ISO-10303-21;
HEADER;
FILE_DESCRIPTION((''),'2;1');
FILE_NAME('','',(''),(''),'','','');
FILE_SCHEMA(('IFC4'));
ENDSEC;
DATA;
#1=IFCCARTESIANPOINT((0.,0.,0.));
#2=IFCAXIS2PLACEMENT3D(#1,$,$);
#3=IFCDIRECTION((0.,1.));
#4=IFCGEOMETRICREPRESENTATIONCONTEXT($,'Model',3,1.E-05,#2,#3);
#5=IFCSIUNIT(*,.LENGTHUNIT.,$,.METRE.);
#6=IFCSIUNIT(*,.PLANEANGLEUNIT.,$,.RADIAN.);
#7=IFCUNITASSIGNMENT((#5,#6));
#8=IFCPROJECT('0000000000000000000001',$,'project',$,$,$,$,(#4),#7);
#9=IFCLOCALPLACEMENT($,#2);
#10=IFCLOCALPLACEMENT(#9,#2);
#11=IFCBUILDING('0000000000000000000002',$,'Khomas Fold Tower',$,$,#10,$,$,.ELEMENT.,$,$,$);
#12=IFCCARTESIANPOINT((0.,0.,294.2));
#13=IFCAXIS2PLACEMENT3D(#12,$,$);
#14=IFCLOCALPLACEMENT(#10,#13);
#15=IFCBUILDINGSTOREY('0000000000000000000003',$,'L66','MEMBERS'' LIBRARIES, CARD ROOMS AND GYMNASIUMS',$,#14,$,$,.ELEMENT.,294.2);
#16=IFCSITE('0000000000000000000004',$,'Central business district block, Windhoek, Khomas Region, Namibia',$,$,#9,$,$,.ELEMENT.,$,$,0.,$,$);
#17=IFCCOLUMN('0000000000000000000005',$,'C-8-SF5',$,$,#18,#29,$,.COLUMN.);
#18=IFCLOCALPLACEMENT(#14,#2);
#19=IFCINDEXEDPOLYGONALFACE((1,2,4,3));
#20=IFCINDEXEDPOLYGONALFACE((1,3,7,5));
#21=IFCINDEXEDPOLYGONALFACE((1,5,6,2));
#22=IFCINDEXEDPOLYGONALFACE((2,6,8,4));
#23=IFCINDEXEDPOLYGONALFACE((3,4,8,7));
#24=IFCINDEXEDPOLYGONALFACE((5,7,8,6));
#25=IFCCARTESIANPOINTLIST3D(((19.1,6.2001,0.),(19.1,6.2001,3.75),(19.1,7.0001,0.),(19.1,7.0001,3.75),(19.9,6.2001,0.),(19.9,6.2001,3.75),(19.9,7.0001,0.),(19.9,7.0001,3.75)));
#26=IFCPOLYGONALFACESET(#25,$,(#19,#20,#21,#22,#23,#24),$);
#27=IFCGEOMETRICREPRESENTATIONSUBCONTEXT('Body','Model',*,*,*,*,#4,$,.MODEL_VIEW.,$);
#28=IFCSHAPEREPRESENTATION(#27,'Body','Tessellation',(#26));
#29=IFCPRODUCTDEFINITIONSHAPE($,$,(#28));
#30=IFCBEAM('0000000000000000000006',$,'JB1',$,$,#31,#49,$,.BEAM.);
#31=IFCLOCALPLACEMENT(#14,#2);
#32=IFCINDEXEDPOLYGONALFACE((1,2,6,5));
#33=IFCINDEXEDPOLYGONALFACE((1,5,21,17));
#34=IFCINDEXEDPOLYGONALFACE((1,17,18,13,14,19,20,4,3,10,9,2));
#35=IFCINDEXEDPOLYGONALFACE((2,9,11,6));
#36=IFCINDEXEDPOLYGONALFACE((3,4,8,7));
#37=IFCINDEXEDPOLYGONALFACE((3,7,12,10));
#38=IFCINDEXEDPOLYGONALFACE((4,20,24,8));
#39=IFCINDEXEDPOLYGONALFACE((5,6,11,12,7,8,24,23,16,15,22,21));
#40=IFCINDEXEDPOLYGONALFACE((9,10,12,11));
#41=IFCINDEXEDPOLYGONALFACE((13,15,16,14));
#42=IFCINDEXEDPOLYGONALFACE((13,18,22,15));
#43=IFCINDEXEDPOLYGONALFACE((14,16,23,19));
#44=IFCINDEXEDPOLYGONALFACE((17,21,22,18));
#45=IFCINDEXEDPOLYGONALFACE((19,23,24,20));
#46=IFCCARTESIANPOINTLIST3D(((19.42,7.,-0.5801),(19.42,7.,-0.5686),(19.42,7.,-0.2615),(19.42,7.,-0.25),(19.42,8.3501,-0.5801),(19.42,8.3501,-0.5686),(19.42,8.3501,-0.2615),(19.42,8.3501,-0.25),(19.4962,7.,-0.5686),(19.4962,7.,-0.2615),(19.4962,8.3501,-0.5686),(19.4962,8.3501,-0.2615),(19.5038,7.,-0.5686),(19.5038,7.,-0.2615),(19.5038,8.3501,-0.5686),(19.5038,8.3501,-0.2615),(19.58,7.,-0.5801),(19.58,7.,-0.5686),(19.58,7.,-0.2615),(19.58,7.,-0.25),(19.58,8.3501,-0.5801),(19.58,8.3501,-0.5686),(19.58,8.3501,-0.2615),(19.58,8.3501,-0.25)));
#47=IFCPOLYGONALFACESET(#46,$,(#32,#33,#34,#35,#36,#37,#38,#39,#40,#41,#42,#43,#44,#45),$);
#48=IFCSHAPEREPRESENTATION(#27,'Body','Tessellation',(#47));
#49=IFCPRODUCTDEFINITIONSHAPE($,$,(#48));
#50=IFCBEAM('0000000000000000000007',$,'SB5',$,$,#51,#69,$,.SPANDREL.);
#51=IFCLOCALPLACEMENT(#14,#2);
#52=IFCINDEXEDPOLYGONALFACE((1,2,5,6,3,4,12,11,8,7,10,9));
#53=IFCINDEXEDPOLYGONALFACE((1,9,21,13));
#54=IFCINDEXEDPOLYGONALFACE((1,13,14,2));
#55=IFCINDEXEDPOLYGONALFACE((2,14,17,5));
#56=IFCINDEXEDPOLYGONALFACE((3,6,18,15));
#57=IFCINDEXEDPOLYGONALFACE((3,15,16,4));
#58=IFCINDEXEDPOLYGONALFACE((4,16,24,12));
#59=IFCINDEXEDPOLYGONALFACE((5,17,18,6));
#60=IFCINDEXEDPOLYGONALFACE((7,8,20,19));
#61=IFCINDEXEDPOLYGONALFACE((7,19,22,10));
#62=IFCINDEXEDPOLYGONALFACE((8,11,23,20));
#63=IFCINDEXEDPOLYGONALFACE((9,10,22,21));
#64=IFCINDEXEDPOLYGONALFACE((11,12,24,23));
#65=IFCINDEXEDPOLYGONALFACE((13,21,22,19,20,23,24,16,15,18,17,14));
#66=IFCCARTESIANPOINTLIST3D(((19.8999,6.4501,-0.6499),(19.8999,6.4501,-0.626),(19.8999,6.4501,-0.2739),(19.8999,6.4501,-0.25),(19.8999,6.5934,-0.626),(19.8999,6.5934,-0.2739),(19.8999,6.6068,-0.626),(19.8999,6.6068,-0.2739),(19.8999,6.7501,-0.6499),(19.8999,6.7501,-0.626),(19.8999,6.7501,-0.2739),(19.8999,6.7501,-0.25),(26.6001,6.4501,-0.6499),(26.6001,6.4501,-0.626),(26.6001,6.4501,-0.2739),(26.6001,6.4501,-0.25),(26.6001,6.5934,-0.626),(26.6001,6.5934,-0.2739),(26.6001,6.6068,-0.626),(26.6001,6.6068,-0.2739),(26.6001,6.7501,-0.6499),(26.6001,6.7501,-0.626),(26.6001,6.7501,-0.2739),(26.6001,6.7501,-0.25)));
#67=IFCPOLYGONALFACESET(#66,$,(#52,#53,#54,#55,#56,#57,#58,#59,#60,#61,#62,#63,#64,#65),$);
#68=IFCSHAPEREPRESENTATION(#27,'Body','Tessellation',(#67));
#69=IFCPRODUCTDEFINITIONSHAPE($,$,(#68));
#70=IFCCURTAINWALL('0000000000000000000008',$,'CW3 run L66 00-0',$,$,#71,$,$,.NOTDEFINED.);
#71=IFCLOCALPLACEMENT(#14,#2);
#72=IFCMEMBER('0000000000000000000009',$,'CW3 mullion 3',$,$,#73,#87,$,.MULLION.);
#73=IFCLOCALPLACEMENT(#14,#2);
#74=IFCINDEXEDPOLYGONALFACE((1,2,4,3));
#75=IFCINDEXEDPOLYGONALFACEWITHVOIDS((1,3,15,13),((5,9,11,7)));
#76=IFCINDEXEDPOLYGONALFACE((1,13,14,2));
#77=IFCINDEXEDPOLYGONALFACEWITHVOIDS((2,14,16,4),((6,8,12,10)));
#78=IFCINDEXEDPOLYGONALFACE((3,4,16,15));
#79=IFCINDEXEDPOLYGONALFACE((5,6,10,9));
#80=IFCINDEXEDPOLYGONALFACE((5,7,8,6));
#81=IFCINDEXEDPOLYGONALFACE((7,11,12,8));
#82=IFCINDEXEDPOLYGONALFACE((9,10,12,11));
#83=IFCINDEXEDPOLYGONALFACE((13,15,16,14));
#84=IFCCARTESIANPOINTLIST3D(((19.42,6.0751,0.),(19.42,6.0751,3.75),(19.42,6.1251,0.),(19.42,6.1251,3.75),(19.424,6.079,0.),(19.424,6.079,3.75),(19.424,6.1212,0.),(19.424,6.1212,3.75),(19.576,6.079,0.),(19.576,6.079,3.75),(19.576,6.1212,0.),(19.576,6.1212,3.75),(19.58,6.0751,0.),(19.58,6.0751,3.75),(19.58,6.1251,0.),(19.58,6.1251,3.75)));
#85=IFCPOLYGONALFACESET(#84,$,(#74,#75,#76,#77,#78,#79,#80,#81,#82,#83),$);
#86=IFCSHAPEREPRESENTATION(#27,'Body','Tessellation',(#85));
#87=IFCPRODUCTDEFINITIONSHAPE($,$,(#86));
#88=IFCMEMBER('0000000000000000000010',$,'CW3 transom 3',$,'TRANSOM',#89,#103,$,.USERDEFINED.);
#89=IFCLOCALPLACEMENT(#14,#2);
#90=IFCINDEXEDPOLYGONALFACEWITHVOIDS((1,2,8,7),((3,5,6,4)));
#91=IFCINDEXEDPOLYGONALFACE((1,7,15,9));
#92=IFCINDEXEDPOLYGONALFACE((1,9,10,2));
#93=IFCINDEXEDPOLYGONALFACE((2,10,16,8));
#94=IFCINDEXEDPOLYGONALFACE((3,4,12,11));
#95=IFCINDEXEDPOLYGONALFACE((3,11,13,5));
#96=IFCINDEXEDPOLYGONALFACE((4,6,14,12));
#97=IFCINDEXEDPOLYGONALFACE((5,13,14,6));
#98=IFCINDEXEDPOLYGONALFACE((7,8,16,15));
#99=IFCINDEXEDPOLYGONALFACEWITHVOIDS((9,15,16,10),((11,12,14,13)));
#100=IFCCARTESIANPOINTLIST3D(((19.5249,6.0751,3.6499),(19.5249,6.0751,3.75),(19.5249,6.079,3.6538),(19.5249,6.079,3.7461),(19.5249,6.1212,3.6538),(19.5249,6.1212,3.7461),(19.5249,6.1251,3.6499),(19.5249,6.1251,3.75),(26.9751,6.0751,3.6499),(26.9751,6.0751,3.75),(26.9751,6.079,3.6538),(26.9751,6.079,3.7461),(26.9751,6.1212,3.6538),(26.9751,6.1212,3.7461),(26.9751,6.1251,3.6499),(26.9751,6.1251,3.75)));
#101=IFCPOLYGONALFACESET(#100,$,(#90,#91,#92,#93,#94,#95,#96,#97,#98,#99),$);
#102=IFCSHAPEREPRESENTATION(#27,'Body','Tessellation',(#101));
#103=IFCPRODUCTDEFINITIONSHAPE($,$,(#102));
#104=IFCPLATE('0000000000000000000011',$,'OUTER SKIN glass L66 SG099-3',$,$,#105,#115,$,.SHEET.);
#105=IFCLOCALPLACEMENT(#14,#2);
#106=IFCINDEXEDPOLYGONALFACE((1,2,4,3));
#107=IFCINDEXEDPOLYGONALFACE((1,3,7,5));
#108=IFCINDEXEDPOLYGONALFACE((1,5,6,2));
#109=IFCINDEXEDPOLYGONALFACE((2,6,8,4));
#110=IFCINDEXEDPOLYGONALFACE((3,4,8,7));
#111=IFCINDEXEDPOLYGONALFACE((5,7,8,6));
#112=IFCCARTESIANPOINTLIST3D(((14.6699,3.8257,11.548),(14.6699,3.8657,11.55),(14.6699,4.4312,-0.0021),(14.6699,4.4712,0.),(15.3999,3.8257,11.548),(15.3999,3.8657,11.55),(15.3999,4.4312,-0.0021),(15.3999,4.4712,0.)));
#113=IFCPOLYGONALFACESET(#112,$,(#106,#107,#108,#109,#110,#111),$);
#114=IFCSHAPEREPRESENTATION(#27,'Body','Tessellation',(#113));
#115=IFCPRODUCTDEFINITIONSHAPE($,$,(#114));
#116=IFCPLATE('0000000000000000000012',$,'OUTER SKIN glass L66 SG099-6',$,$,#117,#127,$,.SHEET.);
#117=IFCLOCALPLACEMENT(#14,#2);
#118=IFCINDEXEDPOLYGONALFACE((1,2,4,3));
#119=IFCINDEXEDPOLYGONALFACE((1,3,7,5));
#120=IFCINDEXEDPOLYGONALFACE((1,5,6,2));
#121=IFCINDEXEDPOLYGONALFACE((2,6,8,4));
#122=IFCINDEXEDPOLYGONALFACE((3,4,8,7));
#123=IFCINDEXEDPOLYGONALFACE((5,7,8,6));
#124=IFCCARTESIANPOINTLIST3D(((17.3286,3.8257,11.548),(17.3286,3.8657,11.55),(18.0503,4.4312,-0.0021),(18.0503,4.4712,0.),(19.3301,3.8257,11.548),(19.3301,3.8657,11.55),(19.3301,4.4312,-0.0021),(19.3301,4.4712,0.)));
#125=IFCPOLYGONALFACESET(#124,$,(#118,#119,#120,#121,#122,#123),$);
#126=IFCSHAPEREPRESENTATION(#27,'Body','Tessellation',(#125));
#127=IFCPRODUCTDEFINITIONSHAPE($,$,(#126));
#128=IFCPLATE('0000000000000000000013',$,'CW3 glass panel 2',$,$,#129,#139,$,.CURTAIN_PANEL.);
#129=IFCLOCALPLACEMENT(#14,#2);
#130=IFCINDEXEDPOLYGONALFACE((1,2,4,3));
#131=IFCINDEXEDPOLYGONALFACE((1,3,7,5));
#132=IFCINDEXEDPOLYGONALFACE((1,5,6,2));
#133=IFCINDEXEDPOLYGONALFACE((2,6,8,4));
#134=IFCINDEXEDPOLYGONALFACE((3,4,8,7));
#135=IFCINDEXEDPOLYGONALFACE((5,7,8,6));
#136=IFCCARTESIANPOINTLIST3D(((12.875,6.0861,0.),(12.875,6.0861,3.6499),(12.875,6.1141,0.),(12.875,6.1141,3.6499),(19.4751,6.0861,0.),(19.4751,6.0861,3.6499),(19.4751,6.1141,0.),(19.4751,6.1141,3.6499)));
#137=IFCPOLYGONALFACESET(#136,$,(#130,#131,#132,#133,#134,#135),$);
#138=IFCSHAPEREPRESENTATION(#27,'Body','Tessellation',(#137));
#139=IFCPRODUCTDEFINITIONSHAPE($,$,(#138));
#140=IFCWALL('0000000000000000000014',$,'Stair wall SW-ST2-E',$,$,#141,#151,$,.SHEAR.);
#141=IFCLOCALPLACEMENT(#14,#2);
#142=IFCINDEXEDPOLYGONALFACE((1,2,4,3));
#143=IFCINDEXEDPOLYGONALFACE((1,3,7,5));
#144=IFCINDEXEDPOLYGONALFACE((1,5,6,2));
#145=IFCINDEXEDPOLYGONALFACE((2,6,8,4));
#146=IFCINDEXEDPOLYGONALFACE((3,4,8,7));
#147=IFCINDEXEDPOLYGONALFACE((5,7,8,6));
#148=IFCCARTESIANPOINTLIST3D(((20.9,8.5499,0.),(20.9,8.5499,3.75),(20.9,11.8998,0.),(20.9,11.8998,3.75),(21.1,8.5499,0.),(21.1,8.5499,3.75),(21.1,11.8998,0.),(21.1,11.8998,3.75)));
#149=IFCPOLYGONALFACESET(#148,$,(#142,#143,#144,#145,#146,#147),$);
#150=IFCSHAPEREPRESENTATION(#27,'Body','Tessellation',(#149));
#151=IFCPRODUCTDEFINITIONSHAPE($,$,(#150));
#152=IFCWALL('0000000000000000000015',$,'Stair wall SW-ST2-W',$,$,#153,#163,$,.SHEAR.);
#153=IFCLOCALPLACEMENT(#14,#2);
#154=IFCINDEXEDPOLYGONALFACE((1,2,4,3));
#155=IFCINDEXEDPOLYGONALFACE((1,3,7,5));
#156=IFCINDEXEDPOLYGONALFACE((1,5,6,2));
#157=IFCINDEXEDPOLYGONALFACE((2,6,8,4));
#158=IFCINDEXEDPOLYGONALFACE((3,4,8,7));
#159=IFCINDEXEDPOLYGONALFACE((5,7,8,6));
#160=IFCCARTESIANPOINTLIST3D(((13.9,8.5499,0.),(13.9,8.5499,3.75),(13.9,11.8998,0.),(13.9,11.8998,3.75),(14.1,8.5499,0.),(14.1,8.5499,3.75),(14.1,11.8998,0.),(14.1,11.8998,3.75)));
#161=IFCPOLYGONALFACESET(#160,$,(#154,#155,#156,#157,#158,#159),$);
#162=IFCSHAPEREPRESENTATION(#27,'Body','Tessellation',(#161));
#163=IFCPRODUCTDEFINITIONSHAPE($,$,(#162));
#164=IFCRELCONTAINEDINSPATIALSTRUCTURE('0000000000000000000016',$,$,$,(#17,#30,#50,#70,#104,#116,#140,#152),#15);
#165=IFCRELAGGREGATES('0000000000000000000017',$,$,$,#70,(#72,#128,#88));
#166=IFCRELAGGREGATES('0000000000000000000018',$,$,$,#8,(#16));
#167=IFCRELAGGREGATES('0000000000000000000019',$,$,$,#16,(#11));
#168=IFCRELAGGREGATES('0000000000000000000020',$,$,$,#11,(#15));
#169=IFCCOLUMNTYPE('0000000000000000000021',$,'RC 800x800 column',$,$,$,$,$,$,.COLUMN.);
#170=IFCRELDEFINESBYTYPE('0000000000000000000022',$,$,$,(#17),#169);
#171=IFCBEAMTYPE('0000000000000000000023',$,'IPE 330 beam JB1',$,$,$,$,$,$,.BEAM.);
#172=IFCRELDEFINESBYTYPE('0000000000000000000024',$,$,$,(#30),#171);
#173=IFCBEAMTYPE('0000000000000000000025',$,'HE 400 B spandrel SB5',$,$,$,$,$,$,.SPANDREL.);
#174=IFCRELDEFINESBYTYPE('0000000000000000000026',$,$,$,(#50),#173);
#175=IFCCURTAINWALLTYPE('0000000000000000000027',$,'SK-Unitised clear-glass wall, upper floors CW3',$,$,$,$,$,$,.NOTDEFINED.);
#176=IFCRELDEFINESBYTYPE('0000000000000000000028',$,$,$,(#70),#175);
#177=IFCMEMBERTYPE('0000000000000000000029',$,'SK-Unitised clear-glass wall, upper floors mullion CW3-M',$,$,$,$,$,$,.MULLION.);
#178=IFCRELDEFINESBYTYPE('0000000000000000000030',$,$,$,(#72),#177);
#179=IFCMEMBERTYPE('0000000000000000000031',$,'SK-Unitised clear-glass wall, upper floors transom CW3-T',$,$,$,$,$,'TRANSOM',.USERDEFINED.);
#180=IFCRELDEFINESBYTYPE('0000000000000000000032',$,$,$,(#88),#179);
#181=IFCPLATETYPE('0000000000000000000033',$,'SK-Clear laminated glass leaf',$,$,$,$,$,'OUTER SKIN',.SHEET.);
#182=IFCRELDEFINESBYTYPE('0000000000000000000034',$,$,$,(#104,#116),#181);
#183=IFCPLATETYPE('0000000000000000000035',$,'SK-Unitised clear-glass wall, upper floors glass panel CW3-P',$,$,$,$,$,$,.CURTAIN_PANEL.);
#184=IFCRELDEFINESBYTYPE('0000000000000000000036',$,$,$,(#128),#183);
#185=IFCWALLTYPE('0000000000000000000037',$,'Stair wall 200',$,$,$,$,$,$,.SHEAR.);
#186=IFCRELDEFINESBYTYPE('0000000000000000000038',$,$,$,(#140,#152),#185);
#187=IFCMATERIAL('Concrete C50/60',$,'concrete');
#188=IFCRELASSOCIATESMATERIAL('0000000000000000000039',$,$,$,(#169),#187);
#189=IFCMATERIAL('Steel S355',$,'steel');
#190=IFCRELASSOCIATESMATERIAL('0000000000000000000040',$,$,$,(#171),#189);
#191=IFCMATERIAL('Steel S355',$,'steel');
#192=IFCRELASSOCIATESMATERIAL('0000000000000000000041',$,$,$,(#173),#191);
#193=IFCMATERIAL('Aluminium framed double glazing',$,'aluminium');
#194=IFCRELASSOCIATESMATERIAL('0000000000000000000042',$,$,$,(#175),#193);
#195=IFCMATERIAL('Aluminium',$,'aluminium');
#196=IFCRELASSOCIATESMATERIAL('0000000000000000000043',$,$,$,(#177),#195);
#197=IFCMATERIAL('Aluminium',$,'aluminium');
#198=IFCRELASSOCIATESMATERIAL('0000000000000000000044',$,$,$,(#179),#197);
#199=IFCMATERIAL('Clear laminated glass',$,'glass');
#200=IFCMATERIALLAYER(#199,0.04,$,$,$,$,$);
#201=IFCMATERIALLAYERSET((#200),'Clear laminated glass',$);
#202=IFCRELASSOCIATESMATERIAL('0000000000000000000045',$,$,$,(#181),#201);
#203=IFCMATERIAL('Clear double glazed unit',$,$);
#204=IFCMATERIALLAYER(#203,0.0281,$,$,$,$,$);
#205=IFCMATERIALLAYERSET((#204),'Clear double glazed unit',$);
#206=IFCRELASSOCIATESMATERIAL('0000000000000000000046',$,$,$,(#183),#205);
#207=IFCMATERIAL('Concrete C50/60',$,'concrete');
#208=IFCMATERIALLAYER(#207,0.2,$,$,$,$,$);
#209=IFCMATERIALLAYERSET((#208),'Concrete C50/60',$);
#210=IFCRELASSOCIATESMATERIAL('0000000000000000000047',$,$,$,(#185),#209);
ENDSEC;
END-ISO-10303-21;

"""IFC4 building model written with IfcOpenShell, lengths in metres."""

from ifc_helpers import new_model, si_unit, direction, frame, frame_2d, origin, origin_2d, place, context, subcontext, project, spatial, polyline, rectangle, hollow_rectangle, i_section, outline, extrude, source, transform, mapped, material, layer, layer_set, material_profile, profile_set, type_object, element, aggregate, save


model = new_model("IFC4")

# Units and contexts
model_context = context("Model", 3, precision=1e-05, world=origin(), true_north=direction((0.0, 1.0)))
body_context = subcontext(model_context, "Body", "Model", "MODEL_VIEW")
ifc_project = project(units=[si_unit("LENGTHUNIT", "METRE"), si_unit("PLANEANGLEUNIT", "RADIAN")], contexts=[model_context])

# Site, building, storey
site_placement = place(None, origin())
site = spatial("IfcSite", under=ifc_project, at=site_placement, Name="Central business district block, Windhoek, Khomas Region, Namibia", CompositionType="ELEMENT", RefElevation=0.0)
building_placement = place(site_placement, origin())
building = spatial("IfcBuilding", under=site, at=building_placement, Name="Khomas Fold Tower", CompositionType="ELEMENT")
storey_placement = place(building_placement, frame((0.0, 0.0, 294.2)))
storey = spatial("IfcBuildingStorey", under=building, at=storey_placement, Name="L66", Description="MEMBERS' LIBRARIES, CARD ROOMS AND GYMNASIUMS", CompositionType="ELEMENT", Elevation=294.2)

# Column
ifc_material_1 = material(Name="Concrete C50/60", Category="concrete")
ifc_material_profile_1 = material_profile(ifc_material_1, rectangle(XDim=0.8, YDim=0.8, at=origin_2d()), Name="RC 800x800")
ifc_profile_set_1 = profile_set([ifc_material_profile_1], Name="Concrete C50/60")
column_type = type_object("IfcColumnType", Name="RC 800x800 column", PredefinedType="COLUMN", material=ifc_profile_set_1)
shared_shape_1 = source(origin(), body_context, "Body", "SweptSolid", [
    extrude(rectangle(XDim=0.8, YDim=0.8, at=origin_2d()), origin(), (0.0, 0.0, 1.0), 3.75),
])
column_placement = place(storey_placement, frame((19.5, 6.6001, 0.0), z_axis=(0.0, 0.0, 1.0), x_axis=(1.0, 0.0, 0.0)))
element("IfcColumn", 1, at=column_placement, inside=storey, type_object=column_type, Name="C-8-SF5", PredefinedType="COLUMN", context=body_context, shape_type="MappedRepresentation", body=[
    mapped(shared_shape_1, transform((0.0, 0.0, 0.0))),
])

# Beams
ifc_material_2 = material(Name="Steel S355", Category="steel")
ifc_material_profile_2 = material_profile(ifc_material_2, i_section(OverallWidth=0.1599, OverallDepth=0.3301, WebThickness=0.0076, FlangeThickness=0.0115, at=origin_2d()), Name="IPE 330")
ifc_profile_set_2 = profile_set([ifc_material_profile_2], Name="Steel S355")
beam_type_1 = type_object("IfcBeamType", Name="IPE 330 beam JB1", PredefinedType="BEAM", material=ifc_profile_set_2)
shared_shape_2 = source(origin(), body_context, "Body", "SweptSolid", [
    extrude(i_section(OverallWidth=0.1599, OverallDepth=0.3301, WebThickness=0.0076, FlangeThickness=0.0115, at=origin_2d()), origin(), (0.0, 0.0, 1.0), 1.3501),
])
beam_1_placement = place(storey_placement, frame((19.5, 7.0, -0.415), z_axis=(0.0, 1.0, 0.0), x_axis=(-1.0, 0.0, 0.0)))
element("IfcBeam", 2, at=beam_1_placement, inside=storey, type_object=beam_type_1, Name="JB1", PredefinedType="BEAM", context=body_context, shape_type="MappedRepresentation", body=[
    mapped(shared_shape_2, transform((0.0, 0.0, 0.0))),
])
ifc_material_3 = material(Name="Steel S355", Category="steel")
ifc_material_profile_3 = material_profile(ifc_material_3, i_section(OverallWidth=0.3, OverallDepth=0.3999, WebThickness=0.0134, FlangeThickness=0.0239, at=origin_2d()), Name="HE 400 B")
ifc_profile_set_3 = profile_set([ifc_material_profile_3], Name="Steel S355")
beam_type_2 = type_object("IfcBeamType", Name="HE 400 B spandrel SB5", PredefinedType="SPANDREL", material=ifc_profile_set_3)
shared_shape_3 = source(origin(), body_context, "Body", "SweptSolid", [
    extrude(i_section(OverallWidth=0.3, OverallDepth=0.3999, WebThickness=0.0134, FlangeThickness=0.0239, at=origin_2d()), origin(), (0.0, 0.0, 1.0), 6.7002),
])
beam_2_placement = place(storey_placement, frame((19.8999, 6.6001, -0.45), z_axis=(1.0, 0.0, 0.0), x_axis=(0.0, 1.0, 0.0)))
element("IfcBeam", 3, at=beam_2_placement, inside=storey, type_object=beam_type_2, Name="SB5", PredefinedType="SPANDREL", context=body_context, shape_type="MappedRepresentation", body=[
    mapped(shared_shape_3, transform((0.0, 0.0, 0.0))),
])

# Curtain wall, members
ifc_material_4 = material(Name="Aluminium framed double glazing", Category="aluminium")
curtain_wall_type = type_object("IfcCurtainWallType", Name="SK-Unitised clear-glass wall, upper floors CW3", PredefinedType="NOTDEFINED", material=ifc_material_4)
curtain_wall_placement = place(storey_placement, origin())
curtain_wall = element("IfcCurtainWall", 4, at=curtain_wall_placement, inside=storey, type_object=curtain_wall_type, Name="CW3 run L66 00-0", PredefinedType="NOTDEFINED")
ifc_material_5 = material(Name="Aluminium", Category="aluminium")
ifc_material_profile_4 = material_profile(ifc_material_5, hollow_rectangle(XDim=0.05, YDim=0.1599, WallThickness=0.0039, at=origin_2d()), Name="SK-Unitised clear-glass wall, upper floors mullion CW3-M")
ifc_profile_set_4 = profile_set([ifc_material_profile_4], Name="Aluminium")
member_type_1 = type_object("IfcMemberType", Name="SK-Unitised clear-glass wall, upper floors mullion CW3-M", PredefinedType="MULLION", material=ifc_profile_set_4)
shared_shape_4 = source(origin(), body_context, "Body", "SweptSolid", [
    extrude(hollow_rectangle(XDim=0.05, YDim=0.1599, WallThickness=0.0039, at=origin_2d()), origin(), (0.0, 0.0, 1.0), 3.75),
])
member_1_placement = place(storey_placement, frame((19.5, 6.1001, 0.0), z_axis=(0.0, 0.0, 1.0), x_axis=(0.0, 1.0, 0.0)))
member_1 = element("IfcMember", 5, at=member_1_placement, type_object=member_type_1, Name="CW3 mullion 3", PredefinedType="MULLION", context=body_context, shape_type="MappedRepresentation", body=[
    mapped(shared_shape_4, transform((0.0, 0.0, 0.0))),
])
ifc_material_6 = material(Name="Aluminium", Category="aluminium")
ifc_material_profile_5 = material_profile(ifc_material_6, hollow_rectangle(XDim=0.05, YDim=0.1001, WallThickness=0.0039, at=origin_2d()), Name="SK-Unitised clear-glass wall, upper floors transom CW3-T")
ifc_profile_set_5 = profile_set([ifc_material_profile_5], Name="Aluminium")
member_type_2 = type_object("IfcMemberType", Name="SK-Unitised clear-glass wall, upper floors transom CW3-T", ElementType="TRANSOM", PredefinedType="USERDEFINED", material=ifc_profile_set_5)
shared_shape_5 = source(origin(), body_context, "Body", "SweptSolid", [
    extrude(hollow_rectangle(XDim=0.05, YDim=0.1001, WallThickness=0.0039, at=origin_2d()), origin(), (0.0, 0.0, 1.0), 7.4502),
])
member_2_placement = place(storey_placement, frame((19.5249, 6.1001, 3.7), z_axis=(1.0, 0.0, 0.0), x_axis=(0.0, 1.0, 0.0)))
member_2 = element("IfcMember", 6, at=member_2_placement, type_object=member_type_2, Name="CW3 transom 3", ObjectType="TRANSOM", PredefinedType="USERDEFINED", context=body_context, shape_type="MappedRepresentation", body=[
    mapped(shared_shape_5, transform((0.0, 0.0, 0.0))),
])

# Plates
ifc_material_7 = material(Name="Clear laminated glass", Category="glass")
ifc_layer_1 = layer(ifc_material_7, 0.04)
ifc_layer_set_1 = layer_set([ifc_layer_1], Name="Clear laminated glass")
plate_type_1 = type_object("IfcPlateType", Name="SK-Clear laminated glass leaf", ElementType="OUTER SKIN", PredefinedType="SHEET", material=ifc_layer_set_1)
plate_1_placement = place(storey_placement, frame((15.3999, 4.4712, 0.0), z_axis=(0.0, 0.998629, 0.052349), x_axis=(-1.0, 0.0, 0.0)))
element("IfcPlate", 7, at=plate_1_placement, inside=storey, type_object=plate_type_1, Name="OUTER SKIN glass L66 SG099-3", PredefinedType="SHEET", context=body_context, shape_type="SweptSolid", body=[
    extrude(outline(polyline([(0.0, 0.0), (0.73, 0.0), (0.73, 11.5659), (0.0, 11.5659), (0.0, 0.0)])), origin(), (0.0, 0.0, -1.0), 0.04),
])
plate_2_placement = place(storey_placement, frame((18.0503, 4.4712, 0.0), z_axis=(0.0, 0.998629, 0.052349), x_axis=(-0.062276, -0.052248, 0.99669)))
element("IfcPlate", 8, at=plate_2_placement, inside=storey, type_object=plate_type_1, Name="OUTER SKIN glass L66 SG099-6", PredefinedType="SHEET", context=body_context, shape_type="SweptSolid", body=[
    extrude(outline(polyline([(0.0, 0.0), (11.5884, 0.0), (11.4638, 1.9976), (-0.0797, 1.2773), (0.0, 0.0)])), origin(), (0.0, 0.0, -1.0), 0.04),
])

# Plate
ifc_material_8 = material(Name="Clear double glazed unit")
ifc_layer_2 = layer(ifc_material_8, 0.0281)
ifc_layer_set_2 = layer_set([ifc_layer_2], Name="Clear double glazed unit")
plate_type_2 = type_object("IfcPlateType", Name="SK-Unitised clear-glass wall, upper floors glass panel CW3-P", PredefinedType="CURTAIN_PANEL", material=ifc_layer_set_2)
shared_shape_6 = source(origin(), body_context, "Body", "SweptSolid", [
    extrude(rectangle(XDim=6.6001, YDim=0.0281, at=origin_2d()), origin(), (0.0, 0.0, 1.0), 3.6499),
])
plate_3_placement = place(storey_placement, frame((16.175, 6.1001, 0.0), z_axis=(0.0, 0.0, 1.0), x_axis=(1.0, 0.0, 0.0)))
plate_3 = element("IfcPlate", 9, at=plate_3_placement, type_object=plate_type_2, Name="CW3 glass panel 2", PredefinedType="CURTAIN_PANEL", context=body_context, shape_type="MappedRepresentation", body=[
    mapped(shared_shape_6, transform((0.0, 0.0, 0.0))),
])
aggregate(curtain_wall, [member_1, plate_3, member_2])

# Walls
ifc_material_9 = material(Name="Concrete C50/60", Category="concrete")
ifc_layer_3 = layer(ifc_material_9, 0.2)
ifc_layer_set_3 = layer_set([ifc_layer_3], Name="Concrete C50/60")
wall_type = type_object("IfcWallType", Name="Stair wall 200", PredefinedType="SHEAR", material=ifc_layer_set_3)
shared_shape_7 = source(origin(), body_context, "Body", "SweptSolid", [
    extrude(rectangle(XDim=3.3499, YDim=0.2, at=frame_2d((1.6748, 0.0))), origin(), (0.0, 0.0, 1.0), 3.75),
])
for number, where, z_axis, x_axis, name in (
    (10, (21.0, 8.55, 0.0), (0.0, 0.0, 1.0), (0.0, 1.0, 0.0), "Stair wall SW-ST2-E"),
    (11, (14.0, 8.55, 0.0), (0.0, 0.0, 1.0), (0.0, 1.0, 0.0), "Stair wall SW-ST2-W"),
):
    element("IfcWall", number, at=place(storey_placement, frame(where, z_axis=z_axis, x_axis=x_axis)), inside=storey, type_object=wall_type, Name=name, PredefinedType="SHEAR", context=body_context, shape_type="MappedRepresentation", body=[
        mapped(shared_shape_7, transform((0.0, 0.0, 0.0))),
    ])

save(model, "model.ifc")
